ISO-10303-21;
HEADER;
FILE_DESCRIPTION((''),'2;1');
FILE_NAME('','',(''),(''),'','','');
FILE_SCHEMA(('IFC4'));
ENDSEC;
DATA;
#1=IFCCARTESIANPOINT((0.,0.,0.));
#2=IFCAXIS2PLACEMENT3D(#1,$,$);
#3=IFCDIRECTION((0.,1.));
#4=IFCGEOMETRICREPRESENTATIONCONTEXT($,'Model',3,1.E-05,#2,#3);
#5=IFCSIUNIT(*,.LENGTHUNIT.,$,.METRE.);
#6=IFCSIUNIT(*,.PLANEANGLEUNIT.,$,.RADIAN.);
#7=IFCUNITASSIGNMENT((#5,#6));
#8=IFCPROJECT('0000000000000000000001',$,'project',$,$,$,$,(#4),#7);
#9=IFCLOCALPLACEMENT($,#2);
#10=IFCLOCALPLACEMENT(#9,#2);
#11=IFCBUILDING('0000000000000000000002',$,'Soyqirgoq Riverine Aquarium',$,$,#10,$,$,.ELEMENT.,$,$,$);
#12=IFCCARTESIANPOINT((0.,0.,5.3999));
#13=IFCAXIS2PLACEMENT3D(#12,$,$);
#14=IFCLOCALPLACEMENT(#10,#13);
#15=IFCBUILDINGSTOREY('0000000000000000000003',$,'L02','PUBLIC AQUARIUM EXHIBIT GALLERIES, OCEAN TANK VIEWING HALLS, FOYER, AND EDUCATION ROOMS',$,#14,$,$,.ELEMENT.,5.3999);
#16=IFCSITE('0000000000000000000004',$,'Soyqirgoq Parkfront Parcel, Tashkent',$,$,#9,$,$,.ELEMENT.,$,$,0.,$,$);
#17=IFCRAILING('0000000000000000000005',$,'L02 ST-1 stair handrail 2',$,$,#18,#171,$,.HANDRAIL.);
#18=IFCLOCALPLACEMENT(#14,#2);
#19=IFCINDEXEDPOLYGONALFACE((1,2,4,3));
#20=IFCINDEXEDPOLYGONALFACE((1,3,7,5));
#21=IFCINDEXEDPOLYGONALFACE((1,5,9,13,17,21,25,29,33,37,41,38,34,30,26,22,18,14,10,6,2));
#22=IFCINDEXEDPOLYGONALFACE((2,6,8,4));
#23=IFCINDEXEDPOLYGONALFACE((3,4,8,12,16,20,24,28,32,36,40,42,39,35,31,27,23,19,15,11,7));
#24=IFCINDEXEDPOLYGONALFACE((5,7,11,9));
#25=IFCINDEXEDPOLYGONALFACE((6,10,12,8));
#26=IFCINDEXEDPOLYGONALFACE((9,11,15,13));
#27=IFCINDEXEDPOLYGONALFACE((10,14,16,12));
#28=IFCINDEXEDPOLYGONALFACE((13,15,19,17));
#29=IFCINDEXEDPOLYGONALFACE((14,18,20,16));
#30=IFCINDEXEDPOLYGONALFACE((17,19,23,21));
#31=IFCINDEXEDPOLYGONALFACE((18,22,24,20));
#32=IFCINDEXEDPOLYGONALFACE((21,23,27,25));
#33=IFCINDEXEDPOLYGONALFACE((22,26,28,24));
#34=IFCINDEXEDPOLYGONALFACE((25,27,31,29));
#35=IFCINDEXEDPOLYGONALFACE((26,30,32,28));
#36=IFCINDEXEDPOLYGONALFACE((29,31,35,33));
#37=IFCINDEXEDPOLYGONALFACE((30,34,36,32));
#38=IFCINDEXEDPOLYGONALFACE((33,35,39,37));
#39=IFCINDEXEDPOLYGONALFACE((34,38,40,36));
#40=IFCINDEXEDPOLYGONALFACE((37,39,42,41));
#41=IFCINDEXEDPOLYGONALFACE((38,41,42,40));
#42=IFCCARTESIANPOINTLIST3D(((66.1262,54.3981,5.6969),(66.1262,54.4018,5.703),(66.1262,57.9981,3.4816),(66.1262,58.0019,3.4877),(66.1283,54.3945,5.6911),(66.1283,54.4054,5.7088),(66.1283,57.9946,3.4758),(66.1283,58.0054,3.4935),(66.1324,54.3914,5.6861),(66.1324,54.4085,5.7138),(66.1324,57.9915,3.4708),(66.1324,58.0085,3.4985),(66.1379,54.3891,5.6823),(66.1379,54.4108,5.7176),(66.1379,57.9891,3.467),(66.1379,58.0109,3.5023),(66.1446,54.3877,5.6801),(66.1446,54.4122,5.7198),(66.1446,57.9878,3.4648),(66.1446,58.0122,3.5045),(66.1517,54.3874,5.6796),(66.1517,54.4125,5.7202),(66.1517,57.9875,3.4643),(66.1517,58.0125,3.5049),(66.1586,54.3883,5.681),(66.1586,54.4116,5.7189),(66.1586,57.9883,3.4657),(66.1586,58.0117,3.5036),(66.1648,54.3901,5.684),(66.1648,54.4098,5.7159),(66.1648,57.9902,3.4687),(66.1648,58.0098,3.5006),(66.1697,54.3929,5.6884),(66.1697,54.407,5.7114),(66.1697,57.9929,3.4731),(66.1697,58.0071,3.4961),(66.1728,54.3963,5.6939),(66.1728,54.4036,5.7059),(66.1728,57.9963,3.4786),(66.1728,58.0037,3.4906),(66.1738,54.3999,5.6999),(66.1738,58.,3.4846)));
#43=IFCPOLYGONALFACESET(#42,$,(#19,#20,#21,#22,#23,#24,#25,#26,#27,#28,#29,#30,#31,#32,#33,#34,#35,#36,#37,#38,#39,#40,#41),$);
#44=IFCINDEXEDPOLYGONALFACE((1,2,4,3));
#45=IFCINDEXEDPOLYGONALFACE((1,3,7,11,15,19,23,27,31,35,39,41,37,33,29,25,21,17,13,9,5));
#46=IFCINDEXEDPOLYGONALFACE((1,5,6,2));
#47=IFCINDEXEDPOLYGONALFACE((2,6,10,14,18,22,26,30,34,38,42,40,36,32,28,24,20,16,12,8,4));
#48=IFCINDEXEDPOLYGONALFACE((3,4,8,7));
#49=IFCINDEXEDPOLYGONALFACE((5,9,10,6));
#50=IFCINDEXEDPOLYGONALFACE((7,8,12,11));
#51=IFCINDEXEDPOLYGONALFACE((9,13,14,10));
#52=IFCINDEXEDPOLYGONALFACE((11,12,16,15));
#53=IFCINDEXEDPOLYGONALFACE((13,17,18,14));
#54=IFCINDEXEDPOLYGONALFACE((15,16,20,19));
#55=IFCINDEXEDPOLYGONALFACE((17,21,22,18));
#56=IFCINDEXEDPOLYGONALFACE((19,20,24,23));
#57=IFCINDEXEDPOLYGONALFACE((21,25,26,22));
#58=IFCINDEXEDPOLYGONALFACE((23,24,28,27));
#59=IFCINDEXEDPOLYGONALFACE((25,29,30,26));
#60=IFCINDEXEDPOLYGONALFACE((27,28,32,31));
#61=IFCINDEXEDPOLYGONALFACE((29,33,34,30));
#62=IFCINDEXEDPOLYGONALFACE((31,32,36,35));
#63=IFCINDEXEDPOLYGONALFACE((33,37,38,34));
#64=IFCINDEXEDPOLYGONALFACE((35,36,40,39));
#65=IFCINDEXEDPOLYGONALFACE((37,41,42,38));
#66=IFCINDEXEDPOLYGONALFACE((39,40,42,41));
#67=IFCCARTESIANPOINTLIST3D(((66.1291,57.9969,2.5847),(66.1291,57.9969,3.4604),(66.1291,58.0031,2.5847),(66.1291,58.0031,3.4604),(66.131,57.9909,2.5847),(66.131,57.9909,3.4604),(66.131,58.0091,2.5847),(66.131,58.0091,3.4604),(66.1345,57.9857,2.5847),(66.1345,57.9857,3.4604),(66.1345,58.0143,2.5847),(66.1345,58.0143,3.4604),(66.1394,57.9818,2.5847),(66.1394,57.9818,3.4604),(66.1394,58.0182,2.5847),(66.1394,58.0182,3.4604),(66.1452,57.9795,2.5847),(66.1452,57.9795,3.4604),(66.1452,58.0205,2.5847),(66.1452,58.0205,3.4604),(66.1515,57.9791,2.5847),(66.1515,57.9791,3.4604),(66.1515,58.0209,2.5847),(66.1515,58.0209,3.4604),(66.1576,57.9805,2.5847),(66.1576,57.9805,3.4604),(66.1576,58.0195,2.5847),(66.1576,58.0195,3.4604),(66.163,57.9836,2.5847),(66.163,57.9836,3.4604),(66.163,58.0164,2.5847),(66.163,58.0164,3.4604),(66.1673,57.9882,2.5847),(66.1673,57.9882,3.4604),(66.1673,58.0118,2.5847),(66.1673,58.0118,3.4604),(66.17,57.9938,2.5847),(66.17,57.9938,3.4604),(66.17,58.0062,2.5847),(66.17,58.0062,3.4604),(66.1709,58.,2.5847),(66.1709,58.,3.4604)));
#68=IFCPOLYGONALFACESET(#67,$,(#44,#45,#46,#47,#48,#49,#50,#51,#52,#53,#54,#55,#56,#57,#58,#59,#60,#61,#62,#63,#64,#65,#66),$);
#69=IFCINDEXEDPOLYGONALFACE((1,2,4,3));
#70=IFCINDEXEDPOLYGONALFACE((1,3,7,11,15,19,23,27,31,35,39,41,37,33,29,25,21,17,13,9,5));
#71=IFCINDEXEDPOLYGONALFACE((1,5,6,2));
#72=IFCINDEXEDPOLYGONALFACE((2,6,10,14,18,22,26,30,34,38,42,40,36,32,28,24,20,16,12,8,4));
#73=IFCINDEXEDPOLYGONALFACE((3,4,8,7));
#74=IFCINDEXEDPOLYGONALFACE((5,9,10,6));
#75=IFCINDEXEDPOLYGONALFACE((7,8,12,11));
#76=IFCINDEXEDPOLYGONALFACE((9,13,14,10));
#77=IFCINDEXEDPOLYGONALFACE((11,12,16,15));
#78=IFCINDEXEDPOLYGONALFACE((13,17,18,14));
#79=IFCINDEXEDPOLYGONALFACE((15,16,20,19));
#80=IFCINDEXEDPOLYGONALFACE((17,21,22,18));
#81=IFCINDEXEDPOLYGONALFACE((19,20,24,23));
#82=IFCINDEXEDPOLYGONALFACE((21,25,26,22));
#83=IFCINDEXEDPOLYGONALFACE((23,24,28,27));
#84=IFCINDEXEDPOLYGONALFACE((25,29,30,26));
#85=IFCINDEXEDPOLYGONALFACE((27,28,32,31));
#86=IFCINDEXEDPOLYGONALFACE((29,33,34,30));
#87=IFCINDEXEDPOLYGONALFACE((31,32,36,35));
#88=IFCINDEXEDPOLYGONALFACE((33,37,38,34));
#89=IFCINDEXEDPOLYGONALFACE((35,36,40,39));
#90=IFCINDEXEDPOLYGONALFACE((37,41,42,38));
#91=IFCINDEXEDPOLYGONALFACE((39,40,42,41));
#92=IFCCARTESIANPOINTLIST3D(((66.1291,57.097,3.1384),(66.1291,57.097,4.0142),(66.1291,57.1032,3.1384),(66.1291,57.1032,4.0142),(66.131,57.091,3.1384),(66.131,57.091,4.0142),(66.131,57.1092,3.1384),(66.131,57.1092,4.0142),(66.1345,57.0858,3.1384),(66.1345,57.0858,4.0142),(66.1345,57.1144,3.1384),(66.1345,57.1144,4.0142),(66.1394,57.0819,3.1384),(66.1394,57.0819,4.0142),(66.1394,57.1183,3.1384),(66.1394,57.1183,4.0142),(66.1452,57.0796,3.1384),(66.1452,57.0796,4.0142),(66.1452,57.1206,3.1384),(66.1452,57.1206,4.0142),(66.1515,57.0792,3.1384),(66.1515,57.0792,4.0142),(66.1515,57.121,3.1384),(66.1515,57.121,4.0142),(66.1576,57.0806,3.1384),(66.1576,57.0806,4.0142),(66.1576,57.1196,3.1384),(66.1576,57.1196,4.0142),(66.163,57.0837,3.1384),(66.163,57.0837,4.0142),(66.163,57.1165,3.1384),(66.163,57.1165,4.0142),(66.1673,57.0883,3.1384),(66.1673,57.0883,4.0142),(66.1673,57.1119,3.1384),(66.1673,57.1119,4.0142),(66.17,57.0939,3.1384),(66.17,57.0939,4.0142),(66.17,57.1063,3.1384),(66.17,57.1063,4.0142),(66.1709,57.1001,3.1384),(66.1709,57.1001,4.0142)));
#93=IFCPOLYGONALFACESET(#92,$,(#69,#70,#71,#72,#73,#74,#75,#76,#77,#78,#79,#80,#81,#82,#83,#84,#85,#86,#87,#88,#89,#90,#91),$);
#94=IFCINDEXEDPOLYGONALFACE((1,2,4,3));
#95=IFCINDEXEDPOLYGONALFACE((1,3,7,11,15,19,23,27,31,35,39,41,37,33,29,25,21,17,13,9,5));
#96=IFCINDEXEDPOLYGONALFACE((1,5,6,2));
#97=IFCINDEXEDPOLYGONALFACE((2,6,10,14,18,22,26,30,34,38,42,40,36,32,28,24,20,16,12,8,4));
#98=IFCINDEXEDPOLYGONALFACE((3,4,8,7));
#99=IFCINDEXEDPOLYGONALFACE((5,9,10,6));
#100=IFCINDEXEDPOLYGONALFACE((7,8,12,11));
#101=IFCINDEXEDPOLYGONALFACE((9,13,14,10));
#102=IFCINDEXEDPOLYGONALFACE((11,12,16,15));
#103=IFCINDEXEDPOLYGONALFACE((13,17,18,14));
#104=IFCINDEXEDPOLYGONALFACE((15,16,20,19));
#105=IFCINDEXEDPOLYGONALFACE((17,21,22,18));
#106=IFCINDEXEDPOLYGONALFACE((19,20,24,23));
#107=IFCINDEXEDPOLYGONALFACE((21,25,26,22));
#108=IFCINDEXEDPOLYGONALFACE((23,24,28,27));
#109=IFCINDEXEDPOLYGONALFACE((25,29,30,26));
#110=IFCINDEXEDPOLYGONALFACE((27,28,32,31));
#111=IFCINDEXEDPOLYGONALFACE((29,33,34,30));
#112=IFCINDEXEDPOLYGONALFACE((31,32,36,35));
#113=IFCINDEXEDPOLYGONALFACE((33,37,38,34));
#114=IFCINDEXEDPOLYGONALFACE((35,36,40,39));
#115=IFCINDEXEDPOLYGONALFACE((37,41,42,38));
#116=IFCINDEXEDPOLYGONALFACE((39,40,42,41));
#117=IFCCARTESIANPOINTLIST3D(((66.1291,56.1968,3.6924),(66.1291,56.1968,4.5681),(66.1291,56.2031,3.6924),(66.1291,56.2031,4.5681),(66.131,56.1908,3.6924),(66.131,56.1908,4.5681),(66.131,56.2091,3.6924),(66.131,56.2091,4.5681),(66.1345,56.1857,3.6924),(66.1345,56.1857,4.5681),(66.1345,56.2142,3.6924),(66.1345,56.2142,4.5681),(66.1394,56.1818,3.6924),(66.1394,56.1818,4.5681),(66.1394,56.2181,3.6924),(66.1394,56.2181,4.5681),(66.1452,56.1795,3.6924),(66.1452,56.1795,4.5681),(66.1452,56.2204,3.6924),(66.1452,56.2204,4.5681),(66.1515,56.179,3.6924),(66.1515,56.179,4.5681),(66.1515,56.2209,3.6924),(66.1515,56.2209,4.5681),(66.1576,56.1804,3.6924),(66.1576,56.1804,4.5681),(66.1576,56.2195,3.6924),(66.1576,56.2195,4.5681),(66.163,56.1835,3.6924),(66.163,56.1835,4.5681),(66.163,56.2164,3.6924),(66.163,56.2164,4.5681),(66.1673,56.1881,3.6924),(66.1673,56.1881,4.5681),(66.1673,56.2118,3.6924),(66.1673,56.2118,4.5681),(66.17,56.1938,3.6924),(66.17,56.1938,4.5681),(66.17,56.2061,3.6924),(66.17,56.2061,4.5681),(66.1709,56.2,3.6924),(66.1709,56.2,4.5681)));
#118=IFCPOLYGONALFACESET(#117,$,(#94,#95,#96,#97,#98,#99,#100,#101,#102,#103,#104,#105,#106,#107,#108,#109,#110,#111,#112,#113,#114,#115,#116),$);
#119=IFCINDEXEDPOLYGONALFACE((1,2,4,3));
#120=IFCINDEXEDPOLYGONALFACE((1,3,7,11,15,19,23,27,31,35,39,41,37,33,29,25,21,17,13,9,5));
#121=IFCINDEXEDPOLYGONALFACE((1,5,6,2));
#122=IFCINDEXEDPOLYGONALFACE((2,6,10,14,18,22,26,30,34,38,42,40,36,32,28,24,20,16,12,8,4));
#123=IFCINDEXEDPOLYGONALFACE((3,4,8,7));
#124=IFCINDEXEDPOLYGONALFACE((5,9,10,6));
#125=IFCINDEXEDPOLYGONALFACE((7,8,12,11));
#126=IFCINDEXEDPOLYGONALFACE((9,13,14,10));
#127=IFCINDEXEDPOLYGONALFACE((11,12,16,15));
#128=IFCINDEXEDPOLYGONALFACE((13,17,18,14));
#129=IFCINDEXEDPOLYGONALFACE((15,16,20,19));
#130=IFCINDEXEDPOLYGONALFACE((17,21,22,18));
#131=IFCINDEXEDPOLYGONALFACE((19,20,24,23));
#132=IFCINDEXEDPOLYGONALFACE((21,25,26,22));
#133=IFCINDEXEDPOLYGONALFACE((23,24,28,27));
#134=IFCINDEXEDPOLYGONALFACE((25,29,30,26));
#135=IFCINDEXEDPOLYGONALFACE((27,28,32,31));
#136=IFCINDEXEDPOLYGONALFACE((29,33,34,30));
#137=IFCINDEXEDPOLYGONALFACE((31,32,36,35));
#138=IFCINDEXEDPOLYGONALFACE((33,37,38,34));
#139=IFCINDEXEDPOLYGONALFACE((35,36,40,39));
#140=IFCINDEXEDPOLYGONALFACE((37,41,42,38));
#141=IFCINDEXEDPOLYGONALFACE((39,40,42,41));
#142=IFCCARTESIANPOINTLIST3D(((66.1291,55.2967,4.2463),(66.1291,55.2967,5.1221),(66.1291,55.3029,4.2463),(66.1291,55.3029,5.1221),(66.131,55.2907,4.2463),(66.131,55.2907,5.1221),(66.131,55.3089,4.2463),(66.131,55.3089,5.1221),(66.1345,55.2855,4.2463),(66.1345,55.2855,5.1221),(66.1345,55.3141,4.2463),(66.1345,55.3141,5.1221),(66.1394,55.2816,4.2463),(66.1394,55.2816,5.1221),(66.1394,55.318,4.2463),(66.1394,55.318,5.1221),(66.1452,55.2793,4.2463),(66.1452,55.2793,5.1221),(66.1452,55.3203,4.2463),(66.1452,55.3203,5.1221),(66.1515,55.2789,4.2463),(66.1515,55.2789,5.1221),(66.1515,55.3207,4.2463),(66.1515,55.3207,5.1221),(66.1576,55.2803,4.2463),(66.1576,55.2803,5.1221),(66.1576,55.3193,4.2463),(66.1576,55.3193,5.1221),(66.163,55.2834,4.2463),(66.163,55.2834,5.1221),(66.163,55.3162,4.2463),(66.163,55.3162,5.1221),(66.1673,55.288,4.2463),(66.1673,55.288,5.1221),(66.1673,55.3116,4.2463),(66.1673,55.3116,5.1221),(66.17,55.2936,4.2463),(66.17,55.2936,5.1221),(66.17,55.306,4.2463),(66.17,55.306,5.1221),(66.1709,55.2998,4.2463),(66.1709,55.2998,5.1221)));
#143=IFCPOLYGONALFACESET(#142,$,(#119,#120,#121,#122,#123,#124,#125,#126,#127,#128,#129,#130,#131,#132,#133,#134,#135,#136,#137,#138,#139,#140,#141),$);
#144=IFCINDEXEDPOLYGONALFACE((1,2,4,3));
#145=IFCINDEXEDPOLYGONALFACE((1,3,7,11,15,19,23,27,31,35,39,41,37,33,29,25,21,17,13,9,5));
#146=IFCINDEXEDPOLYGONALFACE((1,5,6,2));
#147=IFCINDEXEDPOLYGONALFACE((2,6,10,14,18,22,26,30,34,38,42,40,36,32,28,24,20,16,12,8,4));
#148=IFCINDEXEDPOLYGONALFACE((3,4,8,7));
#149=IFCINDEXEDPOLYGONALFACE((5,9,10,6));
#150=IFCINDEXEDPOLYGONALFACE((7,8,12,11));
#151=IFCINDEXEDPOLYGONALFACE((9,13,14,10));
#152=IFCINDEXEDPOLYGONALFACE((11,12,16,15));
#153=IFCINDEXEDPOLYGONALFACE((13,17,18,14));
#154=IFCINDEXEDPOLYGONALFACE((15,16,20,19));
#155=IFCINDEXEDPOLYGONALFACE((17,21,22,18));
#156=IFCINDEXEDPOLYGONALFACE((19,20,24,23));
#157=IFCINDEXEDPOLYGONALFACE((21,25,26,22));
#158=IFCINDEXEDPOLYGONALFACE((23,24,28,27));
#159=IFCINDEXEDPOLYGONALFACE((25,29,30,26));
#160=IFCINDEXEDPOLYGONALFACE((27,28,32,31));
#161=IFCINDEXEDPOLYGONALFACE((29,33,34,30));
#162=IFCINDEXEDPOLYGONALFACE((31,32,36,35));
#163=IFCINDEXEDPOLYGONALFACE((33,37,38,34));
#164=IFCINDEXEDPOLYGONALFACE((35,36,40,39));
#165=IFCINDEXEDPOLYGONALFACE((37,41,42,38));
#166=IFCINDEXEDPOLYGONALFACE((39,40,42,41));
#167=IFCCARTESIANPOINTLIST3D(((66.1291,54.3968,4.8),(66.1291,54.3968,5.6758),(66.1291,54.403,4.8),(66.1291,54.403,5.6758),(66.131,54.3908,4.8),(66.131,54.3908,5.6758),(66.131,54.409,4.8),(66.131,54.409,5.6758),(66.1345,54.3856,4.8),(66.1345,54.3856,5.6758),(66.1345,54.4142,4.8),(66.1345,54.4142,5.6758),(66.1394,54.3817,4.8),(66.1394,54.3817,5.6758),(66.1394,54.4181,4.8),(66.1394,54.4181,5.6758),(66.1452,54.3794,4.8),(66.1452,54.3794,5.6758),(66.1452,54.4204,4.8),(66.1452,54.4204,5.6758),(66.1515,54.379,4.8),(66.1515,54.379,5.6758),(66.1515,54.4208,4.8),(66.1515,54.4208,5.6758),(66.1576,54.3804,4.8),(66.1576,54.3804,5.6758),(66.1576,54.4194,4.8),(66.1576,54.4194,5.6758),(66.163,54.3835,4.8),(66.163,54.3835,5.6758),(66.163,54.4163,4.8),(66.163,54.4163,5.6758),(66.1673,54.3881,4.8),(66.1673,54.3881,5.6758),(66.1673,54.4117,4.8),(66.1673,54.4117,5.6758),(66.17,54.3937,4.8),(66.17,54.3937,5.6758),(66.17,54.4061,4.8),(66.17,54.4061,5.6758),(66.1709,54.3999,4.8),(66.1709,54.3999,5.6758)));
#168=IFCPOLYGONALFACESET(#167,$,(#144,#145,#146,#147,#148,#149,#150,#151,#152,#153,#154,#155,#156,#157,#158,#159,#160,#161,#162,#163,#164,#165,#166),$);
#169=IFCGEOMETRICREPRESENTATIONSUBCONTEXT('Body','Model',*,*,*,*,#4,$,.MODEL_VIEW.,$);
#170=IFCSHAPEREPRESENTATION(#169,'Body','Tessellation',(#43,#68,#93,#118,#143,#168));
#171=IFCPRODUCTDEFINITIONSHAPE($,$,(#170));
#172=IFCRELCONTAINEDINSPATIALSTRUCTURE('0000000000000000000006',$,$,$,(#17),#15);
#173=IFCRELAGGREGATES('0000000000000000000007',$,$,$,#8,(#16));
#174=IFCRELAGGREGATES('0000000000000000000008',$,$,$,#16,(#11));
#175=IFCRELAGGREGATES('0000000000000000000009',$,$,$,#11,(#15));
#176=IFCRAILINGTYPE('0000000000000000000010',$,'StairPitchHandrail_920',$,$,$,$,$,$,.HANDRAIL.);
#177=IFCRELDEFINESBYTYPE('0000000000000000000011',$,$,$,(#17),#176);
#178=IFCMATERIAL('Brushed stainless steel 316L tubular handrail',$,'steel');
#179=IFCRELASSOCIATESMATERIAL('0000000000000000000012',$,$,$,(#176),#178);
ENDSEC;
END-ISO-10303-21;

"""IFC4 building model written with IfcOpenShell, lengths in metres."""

from ifc_helpers import new_model, si_unit, direction, frame, origin, origin_2d, place, context, subcontext, project, spatial, circle, extrude, material, type_object, element, save


model = new_model("IFC4")

# Units and contexts
model_context = context("Model", 3, precision=1e-05, world=origin(), true_north=direction((0.0, 1.0)))
body_context = subcontext(model_context, "Body", "Model", "MODEL_VIEW")
ifc_project = project(units=[si_unit("LENGTHUNIT", "METRE"), si_unit("PLANEANGLEUNIT", "RADIAN")], contexts=[model_context])

# Site, building, storey
site_placement = place(None, origin())
site = spatial("IfcSite", under=ifc_project, at=site_placement, Name="Soyqirgoq Parkfront Parcel, Tashkent", CompositionType="ELEMENT", RefElevation=0.0)
building_placement = place(site_placement, origin())
building = spatial("IfcBuilding", under=site, at=building_placement, Name="Soyqirgoq Riverine Aquarium", CompositionType="ELEMENT")
storey_placement = place(building_placement, frame((0.0, 0.0, 5.3999)))
storey = spatial("IfcBuildingStorey", under=building, at=storey_placement, Name="L02", Description="PUBLIC AQUARIUM EXHIBIT GALLERIES, OCEAN TANK VIEWING HALLS, FOYER, AND EDUCATION ROOMS", CompositionType="ELEMENT", Elevation=5.3999)

# Railing
ifc_material_1 = material(Name="Brushed stainless steel 316L tubular handrail", Category="steel")
railing_type_1 = type_object("IfcRailingType", Name="StairPitchHandrail_920", PredefinedType="HANDRAIL", material=ifc_material_1)
railing_1_placement = place(storey_placement, frame((66.1499, 58.0, 2.5847)))
element("IfcRailing", 1, at=railing_1_placement, inside=storey, type_object=railing_type_1, Name="L02 ST-1 stair handrail 2", PredefinedType="HANDRAIL", context=body_context, shape_type="SweptSolid", body=[
    extrude(circle(Radius=0.0239, at=origin_2d()), frame((0.0, 0.0, 0.8999), z_axis=(0.0, -0.85167, 0.524078), x_axis=(1.0, 0.0, 0.0)), (0.0, 0.0, 1.0), 4.2271),
    extrude(circle(Radius=0.021, at=origin_2d()), origin(), (0.0, 0.0, 1.0), 0.8757),
    extrude(circle(Radius=0.021, at=origin_2d()), frame((0.0, -0.8999, 0.5537)), (0.0, 0.0, 1.0), 0.8757),
    extrude(circle(Radius=0.021, at=origin_2d()), frame((0.0, -1.8, 1.1077)), (0.0, 0.0, 1.0), 0.8757),
    extrude(circle(Radius=0.021, at=origin_2d()), frame((0.0, -2.7002, 1.6616)), (0.0, 0.0, 1.0), 0.8757),
    extrude(circle(Radius=0.021, at=origin_2d()), frame((0.0, -3.6001, 2.2153)), (0.0, 0.0, 1.0), 0.8757),
])

save(model, "model.ifc")
